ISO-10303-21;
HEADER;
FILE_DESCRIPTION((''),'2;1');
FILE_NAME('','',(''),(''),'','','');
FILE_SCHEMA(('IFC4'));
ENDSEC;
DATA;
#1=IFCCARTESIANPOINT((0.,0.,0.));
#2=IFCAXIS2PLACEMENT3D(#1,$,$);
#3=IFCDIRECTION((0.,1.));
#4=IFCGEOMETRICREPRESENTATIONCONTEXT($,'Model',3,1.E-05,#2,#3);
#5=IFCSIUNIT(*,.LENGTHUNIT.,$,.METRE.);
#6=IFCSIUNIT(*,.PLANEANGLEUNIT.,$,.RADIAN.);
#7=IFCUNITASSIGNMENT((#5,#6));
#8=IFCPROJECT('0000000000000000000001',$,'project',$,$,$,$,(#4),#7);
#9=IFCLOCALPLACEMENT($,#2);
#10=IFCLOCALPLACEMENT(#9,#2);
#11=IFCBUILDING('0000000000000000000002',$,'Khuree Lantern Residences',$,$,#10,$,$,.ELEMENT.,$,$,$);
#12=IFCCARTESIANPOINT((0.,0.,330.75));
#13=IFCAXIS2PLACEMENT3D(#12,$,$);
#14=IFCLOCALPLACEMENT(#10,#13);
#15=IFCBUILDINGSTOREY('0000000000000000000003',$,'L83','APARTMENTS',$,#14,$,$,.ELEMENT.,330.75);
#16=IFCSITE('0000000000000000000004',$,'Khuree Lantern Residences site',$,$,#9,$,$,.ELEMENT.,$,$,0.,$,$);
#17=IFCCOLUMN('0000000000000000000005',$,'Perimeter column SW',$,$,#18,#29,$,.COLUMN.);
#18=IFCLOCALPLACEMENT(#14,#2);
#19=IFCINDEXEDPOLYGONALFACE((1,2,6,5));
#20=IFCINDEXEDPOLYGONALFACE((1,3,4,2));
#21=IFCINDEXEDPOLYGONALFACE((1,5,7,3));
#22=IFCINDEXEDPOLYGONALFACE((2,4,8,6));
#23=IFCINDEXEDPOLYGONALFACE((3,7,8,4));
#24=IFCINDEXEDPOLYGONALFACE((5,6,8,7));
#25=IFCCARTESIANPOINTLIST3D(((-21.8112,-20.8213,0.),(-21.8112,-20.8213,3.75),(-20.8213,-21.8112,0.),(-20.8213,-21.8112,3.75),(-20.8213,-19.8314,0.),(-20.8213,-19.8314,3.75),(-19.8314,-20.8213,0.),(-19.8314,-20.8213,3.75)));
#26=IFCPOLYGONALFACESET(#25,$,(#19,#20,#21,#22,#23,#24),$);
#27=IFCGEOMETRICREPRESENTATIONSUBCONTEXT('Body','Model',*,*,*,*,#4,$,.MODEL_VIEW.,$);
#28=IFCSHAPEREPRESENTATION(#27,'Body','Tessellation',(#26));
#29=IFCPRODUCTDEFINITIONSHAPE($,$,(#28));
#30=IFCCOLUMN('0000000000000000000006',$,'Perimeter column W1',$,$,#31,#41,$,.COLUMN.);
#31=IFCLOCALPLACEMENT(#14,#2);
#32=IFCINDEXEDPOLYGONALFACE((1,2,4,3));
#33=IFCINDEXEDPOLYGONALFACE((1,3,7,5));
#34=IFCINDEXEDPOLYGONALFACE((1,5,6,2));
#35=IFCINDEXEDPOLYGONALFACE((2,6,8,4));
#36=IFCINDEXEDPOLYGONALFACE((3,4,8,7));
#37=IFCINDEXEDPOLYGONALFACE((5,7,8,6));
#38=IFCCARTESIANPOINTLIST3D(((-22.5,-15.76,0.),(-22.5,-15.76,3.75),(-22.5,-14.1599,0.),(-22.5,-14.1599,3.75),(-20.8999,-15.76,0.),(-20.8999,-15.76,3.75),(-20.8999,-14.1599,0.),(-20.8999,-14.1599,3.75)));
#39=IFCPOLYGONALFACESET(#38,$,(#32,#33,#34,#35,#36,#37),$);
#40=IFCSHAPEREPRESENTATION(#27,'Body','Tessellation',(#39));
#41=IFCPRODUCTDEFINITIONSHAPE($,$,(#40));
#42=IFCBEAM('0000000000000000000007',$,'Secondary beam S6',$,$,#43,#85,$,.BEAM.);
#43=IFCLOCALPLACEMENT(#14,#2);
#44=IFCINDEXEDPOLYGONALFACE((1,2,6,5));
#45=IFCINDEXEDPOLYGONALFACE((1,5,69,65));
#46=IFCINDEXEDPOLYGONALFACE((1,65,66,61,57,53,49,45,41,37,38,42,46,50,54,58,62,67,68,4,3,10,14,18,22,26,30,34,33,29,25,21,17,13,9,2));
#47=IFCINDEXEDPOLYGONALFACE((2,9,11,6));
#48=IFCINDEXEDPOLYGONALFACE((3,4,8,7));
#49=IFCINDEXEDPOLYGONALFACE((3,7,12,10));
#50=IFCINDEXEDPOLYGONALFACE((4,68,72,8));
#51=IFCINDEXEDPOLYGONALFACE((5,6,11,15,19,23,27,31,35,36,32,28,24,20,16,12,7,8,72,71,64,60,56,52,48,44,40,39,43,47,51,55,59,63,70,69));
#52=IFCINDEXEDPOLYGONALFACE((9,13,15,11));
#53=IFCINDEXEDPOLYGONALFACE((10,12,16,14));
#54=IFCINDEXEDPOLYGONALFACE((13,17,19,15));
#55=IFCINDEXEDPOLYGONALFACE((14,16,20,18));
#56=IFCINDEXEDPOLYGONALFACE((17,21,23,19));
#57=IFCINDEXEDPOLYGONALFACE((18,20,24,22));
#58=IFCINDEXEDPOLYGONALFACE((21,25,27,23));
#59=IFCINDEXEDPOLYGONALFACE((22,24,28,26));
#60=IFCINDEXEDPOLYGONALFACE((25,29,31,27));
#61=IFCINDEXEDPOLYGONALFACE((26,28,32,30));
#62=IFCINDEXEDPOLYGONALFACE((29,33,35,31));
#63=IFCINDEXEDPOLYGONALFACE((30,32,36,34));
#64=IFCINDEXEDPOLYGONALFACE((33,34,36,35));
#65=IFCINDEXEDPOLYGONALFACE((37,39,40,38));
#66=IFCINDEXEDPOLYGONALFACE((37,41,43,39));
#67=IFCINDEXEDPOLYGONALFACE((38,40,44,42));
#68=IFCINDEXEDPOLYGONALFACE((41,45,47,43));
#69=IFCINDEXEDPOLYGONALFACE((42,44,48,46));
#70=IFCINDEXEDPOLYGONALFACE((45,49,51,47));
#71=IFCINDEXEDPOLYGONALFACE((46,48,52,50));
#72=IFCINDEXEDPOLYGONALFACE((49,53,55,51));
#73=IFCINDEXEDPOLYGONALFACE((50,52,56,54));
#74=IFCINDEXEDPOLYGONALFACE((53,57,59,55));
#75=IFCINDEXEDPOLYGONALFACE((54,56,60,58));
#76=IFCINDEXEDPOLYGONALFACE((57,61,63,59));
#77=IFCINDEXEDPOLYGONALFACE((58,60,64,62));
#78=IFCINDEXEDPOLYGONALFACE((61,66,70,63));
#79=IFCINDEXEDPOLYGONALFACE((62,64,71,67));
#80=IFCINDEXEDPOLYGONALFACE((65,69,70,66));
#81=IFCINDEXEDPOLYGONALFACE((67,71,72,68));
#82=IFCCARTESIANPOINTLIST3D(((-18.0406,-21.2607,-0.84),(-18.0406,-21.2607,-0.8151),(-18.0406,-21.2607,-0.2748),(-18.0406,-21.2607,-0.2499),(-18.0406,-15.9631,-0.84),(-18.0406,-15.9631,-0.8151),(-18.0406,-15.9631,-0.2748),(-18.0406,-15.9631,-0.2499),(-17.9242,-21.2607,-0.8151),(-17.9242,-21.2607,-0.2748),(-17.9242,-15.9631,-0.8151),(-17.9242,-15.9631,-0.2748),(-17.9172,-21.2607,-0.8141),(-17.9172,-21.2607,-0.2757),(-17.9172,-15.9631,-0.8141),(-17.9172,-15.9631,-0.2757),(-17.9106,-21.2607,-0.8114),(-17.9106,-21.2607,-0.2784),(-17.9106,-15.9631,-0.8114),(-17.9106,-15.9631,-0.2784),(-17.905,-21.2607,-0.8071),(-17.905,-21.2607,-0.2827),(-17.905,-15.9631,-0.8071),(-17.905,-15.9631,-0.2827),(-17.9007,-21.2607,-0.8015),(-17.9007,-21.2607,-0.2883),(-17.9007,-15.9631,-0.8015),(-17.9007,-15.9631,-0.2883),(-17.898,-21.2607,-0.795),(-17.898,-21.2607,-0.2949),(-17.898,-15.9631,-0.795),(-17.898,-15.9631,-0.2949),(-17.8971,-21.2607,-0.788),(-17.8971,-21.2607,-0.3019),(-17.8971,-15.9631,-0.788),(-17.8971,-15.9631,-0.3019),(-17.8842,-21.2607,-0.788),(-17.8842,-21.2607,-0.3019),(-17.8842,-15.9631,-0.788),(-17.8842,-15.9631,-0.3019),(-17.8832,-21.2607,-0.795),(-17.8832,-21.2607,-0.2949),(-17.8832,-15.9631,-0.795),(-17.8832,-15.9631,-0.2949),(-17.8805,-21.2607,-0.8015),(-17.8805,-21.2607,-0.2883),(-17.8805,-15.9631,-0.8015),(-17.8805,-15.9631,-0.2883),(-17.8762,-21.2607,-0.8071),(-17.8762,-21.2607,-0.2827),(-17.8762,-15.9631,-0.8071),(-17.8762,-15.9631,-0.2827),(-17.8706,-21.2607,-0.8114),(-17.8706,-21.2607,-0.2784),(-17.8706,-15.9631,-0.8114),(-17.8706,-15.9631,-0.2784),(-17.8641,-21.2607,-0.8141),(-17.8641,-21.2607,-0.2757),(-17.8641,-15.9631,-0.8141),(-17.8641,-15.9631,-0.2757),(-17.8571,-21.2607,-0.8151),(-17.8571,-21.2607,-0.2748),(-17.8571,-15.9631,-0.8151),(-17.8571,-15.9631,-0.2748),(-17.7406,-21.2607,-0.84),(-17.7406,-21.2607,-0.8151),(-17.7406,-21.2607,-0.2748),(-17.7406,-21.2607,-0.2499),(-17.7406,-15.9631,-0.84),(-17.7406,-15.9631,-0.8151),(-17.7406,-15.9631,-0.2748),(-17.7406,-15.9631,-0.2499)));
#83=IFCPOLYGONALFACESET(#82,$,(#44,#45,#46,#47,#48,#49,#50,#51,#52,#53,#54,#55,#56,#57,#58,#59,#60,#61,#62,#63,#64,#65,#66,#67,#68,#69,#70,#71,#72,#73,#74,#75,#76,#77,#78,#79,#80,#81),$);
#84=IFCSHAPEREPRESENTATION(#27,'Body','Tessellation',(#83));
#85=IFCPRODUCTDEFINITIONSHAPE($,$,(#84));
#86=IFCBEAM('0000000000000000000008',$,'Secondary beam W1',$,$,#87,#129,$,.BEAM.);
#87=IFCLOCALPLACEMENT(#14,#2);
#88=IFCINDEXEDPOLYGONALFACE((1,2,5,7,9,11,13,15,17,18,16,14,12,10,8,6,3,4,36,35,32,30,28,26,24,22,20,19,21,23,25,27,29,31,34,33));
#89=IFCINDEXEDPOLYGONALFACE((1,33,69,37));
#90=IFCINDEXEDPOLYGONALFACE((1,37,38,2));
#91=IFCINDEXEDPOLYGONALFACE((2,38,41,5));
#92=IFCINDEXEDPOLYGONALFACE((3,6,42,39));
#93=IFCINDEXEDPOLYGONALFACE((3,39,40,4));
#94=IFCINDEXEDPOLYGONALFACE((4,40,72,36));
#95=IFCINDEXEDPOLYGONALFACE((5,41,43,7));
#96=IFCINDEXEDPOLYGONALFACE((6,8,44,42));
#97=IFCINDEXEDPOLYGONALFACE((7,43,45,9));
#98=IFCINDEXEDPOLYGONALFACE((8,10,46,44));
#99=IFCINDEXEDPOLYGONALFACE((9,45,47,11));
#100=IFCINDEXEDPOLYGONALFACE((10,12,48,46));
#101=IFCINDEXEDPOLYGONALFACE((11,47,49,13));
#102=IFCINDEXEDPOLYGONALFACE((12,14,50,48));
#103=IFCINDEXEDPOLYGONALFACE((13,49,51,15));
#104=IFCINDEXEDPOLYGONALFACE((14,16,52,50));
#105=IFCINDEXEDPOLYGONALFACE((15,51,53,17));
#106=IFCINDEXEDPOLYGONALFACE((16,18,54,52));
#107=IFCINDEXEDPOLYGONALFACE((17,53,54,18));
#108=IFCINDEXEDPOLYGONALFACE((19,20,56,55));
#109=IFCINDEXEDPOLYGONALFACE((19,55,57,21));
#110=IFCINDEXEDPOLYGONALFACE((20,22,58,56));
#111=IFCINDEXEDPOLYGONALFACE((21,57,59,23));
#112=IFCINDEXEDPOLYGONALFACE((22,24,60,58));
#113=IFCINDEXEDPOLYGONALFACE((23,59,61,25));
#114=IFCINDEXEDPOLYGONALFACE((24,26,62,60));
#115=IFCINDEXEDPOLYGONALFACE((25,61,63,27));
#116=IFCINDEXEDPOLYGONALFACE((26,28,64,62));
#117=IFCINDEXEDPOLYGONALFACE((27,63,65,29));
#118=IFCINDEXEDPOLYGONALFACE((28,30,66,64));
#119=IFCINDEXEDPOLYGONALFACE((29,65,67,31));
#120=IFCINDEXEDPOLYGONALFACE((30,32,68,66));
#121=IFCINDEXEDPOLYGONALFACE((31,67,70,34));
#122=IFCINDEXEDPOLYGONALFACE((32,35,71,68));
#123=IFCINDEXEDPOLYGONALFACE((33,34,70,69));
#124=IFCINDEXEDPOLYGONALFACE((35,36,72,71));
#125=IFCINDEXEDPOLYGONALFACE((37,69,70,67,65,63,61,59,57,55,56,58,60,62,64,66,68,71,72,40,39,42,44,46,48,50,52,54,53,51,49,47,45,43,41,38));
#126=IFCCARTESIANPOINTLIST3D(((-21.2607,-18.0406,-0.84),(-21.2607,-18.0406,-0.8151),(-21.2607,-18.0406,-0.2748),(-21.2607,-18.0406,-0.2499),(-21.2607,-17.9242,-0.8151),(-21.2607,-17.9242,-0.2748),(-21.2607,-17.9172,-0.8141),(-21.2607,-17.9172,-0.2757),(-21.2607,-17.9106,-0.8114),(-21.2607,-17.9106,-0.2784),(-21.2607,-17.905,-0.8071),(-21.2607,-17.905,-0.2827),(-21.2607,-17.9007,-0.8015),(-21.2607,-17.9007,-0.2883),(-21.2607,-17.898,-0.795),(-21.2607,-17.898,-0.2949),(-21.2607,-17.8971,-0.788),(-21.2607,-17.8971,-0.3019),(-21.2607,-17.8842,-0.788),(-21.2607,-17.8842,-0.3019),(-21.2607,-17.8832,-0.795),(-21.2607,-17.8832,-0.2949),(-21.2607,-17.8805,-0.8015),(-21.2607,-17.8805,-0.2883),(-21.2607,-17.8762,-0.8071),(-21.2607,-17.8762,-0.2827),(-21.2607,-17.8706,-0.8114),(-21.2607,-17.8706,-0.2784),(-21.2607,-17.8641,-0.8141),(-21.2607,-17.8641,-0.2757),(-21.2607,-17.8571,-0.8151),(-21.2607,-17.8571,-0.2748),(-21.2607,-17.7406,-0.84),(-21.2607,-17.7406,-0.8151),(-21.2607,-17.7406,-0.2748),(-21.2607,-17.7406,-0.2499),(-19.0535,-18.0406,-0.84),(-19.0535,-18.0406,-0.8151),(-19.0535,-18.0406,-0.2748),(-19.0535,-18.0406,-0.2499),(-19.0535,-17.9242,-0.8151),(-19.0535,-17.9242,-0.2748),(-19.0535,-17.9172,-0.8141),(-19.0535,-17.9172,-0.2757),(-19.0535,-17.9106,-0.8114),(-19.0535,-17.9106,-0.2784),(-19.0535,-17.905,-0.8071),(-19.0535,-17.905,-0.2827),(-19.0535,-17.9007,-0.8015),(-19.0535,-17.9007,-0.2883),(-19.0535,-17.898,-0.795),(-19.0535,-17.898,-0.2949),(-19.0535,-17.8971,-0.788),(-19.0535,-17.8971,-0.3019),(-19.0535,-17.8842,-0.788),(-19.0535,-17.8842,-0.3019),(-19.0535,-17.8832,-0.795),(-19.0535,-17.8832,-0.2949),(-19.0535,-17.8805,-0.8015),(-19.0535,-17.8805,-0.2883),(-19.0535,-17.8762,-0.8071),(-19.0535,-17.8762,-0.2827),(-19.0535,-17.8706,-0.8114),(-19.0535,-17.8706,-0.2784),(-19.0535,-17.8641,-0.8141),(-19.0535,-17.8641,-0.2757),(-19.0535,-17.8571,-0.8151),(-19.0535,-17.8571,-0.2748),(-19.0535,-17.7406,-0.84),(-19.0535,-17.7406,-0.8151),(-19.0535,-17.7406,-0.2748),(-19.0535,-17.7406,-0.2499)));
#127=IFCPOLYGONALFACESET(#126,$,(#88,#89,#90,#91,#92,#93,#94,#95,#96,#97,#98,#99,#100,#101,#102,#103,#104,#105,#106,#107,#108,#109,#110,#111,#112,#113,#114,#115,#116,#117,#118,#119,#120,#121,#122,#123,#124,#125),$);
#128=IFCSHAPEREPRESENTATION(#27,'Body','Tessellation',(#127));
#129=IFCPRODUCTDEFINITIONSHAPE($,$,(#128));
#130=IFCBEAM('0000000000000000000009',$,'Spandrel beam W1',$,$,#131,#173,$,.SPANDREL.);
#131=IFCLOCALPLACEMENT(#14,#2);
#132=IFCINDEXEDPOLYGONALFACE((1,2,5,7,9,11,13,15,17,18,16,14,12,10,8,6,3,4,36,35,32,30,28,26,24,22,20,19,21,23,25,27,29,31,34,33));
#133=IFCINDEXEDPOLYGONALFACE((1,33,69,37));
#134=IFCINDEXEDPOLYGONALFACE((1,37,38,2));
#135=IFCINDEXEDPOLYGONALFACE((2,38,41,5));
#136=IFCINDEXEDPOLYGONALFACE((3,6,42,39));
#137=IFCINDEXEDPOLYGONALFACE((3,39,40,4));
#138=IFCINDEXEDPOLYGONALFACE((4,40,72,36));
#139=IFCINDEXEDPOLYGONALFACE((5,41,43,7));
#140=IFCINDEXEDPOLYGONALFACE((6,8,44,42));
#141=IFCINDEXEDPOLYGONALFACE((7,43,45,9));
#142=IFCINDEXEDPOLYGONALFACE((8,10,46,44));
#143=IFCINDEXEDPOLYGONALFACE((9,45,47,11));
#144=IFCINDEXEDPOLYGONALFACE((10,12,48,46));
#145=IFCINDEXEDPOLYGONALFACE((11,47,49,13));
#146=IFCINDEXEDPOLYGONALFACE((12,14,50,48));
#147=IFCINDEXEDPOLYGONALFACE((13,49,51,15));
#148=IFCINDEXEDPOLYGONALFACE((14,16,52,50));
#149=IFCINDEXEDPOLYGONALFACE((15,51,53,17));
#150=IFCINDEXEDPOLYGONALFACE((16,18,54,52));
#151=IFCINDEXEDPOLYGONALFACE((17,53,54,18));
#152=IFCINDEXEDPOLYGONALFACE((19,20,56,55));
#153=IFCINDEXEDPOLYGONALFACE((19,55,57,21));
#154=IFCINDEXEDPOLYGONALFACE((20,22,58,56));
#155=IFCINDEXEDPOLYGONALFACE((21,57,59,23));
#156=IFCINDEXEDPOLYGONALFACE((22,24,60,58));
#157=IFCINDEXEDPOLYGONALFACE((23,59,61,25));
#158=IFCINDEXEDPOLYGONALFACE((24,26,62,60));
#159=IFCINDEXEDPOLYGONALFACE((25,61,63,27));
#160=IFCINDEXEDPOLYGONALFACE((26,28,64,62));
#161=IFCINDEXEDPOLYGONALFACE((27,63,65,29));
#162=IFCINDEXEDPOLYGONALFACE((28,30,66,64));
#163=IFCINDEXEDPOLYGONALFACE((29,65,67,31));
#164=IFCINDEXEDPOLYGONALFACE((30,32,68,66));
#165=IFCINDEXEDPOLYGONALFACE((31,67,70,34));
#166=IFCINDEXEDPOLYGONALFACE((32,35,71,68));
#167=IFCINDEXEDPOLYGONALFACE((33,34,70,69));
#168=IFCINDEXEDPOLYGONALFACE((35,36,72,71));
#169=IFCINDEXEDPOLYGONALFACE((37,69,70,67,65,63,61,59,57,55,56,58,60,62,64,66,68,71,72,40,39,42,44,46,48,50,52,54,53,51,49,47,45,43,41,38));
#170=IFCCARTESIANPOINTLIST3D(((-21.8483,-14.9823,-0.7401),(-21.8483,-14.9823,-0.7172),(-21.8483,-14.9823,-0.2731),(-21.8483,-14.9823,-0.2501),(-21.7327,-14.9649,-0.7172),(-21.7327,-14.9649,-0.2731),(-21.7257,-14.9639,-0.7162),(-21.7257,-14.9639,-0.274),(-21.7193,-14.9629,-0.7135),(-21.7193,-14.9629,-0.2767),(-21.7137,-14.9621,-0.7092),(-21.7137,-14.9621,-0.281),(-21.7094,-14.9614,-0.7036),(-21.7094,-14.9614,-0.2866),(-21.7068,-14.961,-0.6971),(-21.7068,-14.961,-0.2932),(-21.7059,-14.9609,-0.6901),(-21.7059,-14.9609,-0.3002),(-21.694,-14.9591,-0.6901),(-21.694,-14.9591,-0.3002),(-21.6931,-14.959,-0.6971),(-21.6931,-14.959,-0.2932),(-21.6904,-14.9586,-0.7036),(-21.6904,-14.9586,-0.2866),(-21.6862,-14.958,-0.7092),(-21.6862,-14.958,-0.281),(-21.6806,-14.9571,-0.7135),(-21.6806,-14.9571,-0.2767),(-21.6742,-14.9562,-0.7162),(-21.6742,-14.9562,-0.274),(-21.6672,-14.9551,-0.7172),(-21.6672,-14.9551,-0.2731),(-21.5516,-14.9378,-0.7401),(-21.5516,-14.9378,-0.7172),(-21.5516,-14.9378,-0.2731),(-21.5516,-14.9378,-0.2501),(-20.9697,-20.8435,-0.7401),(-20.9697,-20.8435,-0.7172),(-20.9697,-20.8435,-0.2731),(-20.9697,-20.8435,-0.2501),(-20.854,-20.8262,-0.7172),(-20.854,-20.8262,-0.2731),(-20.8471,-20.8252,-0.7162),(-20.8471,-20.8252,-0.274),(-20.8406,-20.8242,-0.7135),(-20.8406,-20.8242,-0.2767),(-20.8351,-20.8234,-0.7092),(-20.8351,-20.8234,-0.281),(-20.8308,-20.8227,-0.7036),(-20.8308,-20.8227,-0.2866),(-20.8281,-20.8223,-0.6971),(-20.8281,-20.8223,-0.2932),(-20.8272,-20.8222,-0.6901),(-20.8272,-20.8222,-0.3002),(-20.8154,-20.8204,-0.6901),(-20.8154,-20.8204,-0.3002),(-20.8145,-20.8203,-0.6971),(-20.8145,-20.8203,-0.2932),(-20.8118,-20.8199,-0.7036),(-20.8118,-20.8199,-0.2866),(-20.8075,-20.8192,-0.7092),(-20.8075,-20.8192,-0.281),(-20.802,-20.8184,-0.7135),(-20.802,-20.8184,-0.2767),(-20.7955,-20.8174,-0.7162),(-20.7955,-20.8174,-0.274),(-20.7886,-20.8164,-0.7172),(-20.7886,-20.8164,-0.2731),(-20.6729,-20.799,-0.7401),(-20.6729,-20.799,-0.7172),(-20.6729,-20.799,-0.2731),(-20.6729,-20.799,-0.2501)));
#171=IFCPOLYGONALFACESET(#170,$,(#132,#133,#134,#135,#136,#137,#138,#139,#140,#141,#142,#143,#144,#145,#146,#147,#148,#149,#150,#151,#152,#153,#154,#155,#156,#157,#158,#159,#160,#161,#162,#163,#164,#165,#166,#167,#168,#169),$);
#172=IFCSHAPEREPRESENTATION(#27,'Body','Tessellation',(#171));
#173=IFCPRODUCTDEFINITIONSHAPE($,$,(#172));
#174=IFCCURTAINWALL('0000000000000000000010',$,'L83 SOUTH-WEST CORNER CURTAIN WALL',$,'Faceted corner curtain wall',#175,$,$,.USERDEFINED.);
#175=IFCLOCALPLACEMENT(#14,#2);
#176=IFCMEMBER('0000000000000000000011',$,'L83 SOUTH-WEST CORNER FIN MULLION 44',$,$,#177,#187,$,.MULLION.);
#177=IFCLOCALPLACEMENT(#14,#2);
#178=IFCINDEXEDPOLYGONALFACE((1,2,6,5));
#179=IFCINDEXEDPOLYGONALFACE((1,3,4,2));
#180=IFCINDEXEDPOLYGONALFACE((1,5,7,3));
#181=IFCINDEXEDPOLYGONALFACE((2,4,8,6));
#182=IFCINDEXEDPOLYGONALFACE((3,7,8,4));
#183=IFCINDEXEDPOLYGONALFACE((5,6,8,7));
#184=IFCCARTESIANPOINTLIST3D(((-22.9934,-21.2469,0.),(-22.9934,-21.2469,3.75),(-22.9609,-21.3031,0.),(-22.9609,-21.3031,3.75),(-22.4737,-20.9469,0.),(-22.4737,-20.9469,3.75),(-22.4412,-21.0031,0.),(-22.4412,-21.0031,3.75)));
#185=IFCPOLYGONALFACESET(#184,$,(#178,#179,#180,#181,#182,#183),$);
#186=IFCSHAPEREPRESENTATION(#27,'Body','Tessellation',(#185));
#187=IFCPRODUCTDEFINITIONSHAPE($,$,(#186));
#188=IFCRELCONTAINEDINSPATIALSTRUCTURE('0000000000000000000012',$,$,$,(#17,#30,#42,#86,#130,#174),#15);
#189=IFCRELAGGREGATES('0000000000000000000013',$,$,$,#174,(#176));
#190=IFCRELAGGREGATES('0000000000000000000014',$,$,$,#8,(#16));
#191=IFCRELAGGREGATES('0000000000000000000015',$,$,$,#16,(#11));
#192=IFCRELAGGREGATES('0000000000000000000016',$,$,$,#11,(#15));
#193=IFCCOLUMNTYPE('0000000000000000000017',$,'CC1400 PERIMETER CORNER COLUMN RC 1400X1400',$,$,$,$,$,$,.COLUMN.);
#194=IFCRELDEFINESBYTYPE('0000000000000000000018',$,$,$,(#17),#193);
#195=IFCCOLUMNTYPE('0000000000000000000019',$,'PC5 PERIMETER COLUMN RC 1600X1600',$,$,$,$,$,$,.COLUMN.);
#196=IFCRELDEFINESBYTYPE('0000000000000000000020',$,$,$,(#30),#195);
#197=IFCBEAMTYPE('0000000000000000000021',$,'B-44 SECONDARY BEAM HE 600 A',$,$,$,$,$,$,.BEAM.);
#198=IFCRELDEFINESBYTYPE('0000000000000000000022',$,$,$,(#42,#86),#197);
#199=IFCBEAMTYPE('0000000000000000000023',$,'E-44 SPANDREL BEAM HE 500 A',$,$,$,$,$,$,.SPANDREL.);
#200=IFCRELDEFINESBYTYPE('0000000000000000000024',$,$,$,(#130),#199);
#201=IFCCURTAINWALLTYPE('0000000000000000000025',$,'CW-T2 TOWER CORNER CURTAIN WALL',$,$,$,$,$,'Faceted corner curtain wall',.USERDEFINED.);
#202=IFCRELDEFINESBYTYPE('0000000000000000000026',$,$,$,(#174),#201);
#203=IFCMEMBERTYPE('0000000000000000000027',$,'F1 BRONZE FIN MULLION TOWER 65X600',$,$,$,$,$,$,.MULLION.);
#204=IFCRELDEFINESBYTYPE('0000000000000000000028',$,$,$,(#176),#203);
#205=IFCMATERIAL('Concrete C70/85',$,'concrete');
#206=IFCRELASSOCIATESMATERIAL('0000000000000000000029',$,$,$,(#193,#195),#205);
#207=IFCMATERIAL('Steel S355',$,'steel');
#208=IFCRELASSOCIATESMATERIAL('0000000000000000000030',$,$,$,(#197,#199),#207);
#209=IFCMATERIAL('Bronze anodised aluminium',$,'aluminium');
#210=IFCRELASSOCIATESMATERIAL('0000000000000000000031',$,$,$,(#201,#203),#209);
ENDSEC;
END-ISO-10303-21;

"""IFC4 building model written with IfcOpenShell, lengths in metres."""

from ifc_helpers import new_model, si_unit, direction, frame, origin, origin_2d, place, context, subcontext, project, spatial, rectangle, i_section, extrude, material, material_profile, profile_set, type_object, element, aggregate, save


model = new_model("IFC4")

# Units and contexts
model_context = context("Model", 3, precision=1e-05, world=origin(), true_north=direction((0.0, 1.0)))
body_context = subcontext(model_context, "Body", "Model", "MODEL_VIEW")
ifc_project = project(units=[si_unit("LENGTHUNIT", "METRE"), si_unit("PLANEANGLEUNIT", "RADIAN")], contexts=[model_context])

# Site, building, storey
site_placement = place(None, origin())
site = spatial("IfcSite", under=ifc_project, at=site_placement, Name="Khuree Lantern Residences site", CompositionType="ELEMENT", RefElevation=0.0)
building_placement = place(site_placement, origin())
building = spatial("IfcBuilding", under=site, at=building_placement, Name="Khuree Lantern Residences", CompositionType="ELEMENT")
storey_placement = place(building_placement, frame((0.0, 0.0, 330.75)))
storey = spatial("IfcBuildingStorey", under=building, at=storey_placement, Name="L83", Description="APARTMENTS", CompositionType="ELEMENT", Elevation=330.75)

# Columns
ifc_material_1 = material(Name="Concrete C70/85", Category="concrete")
ifc_material_profile_1 = material_profile(ifc_material_1, rectangle(XDim=1.3999, YDim=1.3999, at=origin_2d()), Name="RC 1400X1400")
ifc_profile_set_1 = profile_set([ifc_material_profile_1], Name="Concrete C70/85")
column_type_1 = type_object("IfcColumnType", Name="CC1400 PERIMETER CORNER COLUMN RC 1400X1400", PredefinedType="COLUMN", material=ifc_profile_set_1)
column_1_placement = place(storey_placement, frame((-20.8213, -20.8213, 0.0), z_axis=(0.0, 0.0, 1.0), x_axis=(0.707107, -0.707107, 0.0)))
element("IfcColumn", 1, at=column_1_placement, inside=storey, type_object=column_type_1, Name="Perimeter column SW", PredefinedType="COLUMN", context=body_context, shape_type="SweptSolid", body=[
    extrude(rectangle(XDim=1.3999, YDim=1.3999, at=origin_2d()), origin(), (0.0, 0.0, 1.0), 3.75),
])
ifc_material_profile_2 = material_profile(ifc_material_1, rectangle(XDim=1.6001, YDim=1.6001, at=origin_2d()), Name="RC 1600X1600")
ifc_profile_set_2 = profile_set([ifc_material_profile_2], Name="Concrete C70/85")
column_type_2 = type_object("IfcColumnType", Name="PC5 PERIMETER COLUMN RC 1600X1600", PredefinedType="COLUMN", material=ifc_profile_set_2)
column_2_placement = place(storey_placement, frame((-21.7, -14.96, 0.0), z_axis=(0.0, 0.0, 1.0), x_axis=(0.0, 1.0, 0.0)))
element("IfcColumn", 2, at=column_2_placement, inside=storey, type_object=column_type_2, Name="Perimeter column W1", PredefinedType="COLUMN", context=body_context, shape_type="SweptSolid", body=[
    extrude(rectangle(XDim=1.6001, YDim=1.6001, at=origin_2d()), origin(), (0.0, 0.0, 1.0), 3.75),
])

# Beams
ifc_material_2 = material(Name="Steel S355", Category="steel")
ifc_material_profile_3 = material_profile(ifc_material_2, i_section(OverallWidth=0.3, OverallDepth=0.5901, WebThickness=0.0129, FlangeThickness=0.0249, FilletRadius=0.0271, at=origin_2d()), Name="HE 600 A")
ifc_profile_set_3 = profile_set([ifc_material_profile_3], Name="Steel S355")
beam_type_1 = type_object("IfcBeamType", Name="B-44 SECONDARY BEAM HE 600 A", PredefinedType="BEAM", material=ifc_profile_set_3)
beam_1_placement = place(storey_placement, frame((-17.8906, -21.2607, -0.5449), z_axis=(0.0, 1.0, 0.0), x_axis=(-1.0, 0.0, 0.0)))
element("IfcBeam", 3, at=beam_1_placement, inside=storey, type_object=beam_type_1, Name="Secondary beam S6", PredefinedType="BEAM", context=body_context, shape_type="SweptSolid", body=[
    extrude(i_section(OverallWidth=0.3, OverallDepth=0.5901, WebThickness=0.0129, FlangeThickness=0.0249, FilletRadius=0.0271, at=origin_2d()), origin(), (0.0, 0.0, 1.0), 5.2976),
])
beam_2_placement = place(storey_placement, frame((-21.2607, -17.8906, -0.5449), z_axis=(1.0, 0.0, 0.0), x_axis=(0.0, 1.0, 0.0)))
element("IfcBeam", 4, at=beam_2_placement, inside=storey, type_object=beam_type_1, Name="Secondary beam W1", PredefinedType="BEAM", context=body_context, shape_type="SweptSolid", body=[
    extrude(i_section(OverallWidth=0.3, OverallDepth=0.5901, WebThickness=0.0129, FlangeThickness=0.0249, FilletRadius=0.0271, at=origin_2d()), origin(), (0.0, 0.0, 1.0), 2.2073),
])
ifc_material_profile_4 = material_profile(ifc_material_2, i_section(OverallWidth=0.3, OverallDepth=0.49, WebThickness=0.012, FlangeThickness=0.0229, FilletRadius=0.0271, at=origin_2d()), Name="HE 500 A")
ifc_profile_set_4 = profile_set([ifc_material_profile_4], Name="Steel S355")
beam_type_2 = type_object("IfcBeamType", Name="E-44 SPANDREL BEAM HE 500 A", PredefinedType="SPANDREL", material=ifc_profile_set_4)
beam_3_placement = place(storey_placement, frame((-20.8213, -20.8213, -0.4951), z_axis=(-0.148252, 0.98895, 0.0), x_axis=(-0.98895, -0.148252, 0.0)))
element("IfcBeam", 5, at=beam_3_placement, inside=storey, type_object=beam_type_2, Name="Spandrel beam W1", PredefinedType="SPANDREL", context=body_context, shape_type="SweptSolid", body=[
    extrude(i_section(OverallWidth=0.3, OverallDepth=0.49, WebThickness=0.012, FlangeThickness=0.0229, FilletRadius=0.0271, at=origin_2d()), origin(), (0.0, 0.0, 1.0), 5.9268),
])

# Curtain wall, member
ifc_material_3 = material(Name="Bronze anodised aluminium", Category="aluminium")
curtain_wall_type_1 = type_object("IfcCurtainWallType", Name="CW-T2 TOWER CORNER CURTAIN WALL", ElementType="Faceted corner curtain wall", PredefinedType="USERDEFINED", material=ifc_material_3)
curtain_wall_1_placement = place(storey_placement, origin())
curtain_wall_1 = element("IfcCurtainWall", 6, at=curtain_wall_1_placement, inside=storey, type_object=curtain_wall_type_1, Name="L83 SOUTH-WEST CORNER CURTAIN WALL", ObjectType="Faceted corner curtain wall", PredefinedType="USERDEFINED")
ifc_material_profile_5 = material_profile(ifc_material_3, rectangle(XDim=0.0649, YDim=0.6001, at=origin_2d()), Name="F1 65X600")
ifc_profile_set_5 = profile_set([ifc_material_profile_5], Name="Bronze anodised aluminium")
member_type_1 = type_object("IfcMemberType", Name="F1 BRONZE FIN MULLION TOWER 65X600", PredefinedType="MULLION", material=ifc_profile_set_5)
member_1_placement = place(storey_placement, frame((-22.7173, -21.125, 0.0), z_axis=(0.0, 0.0, 1.0), x_axis=(0.5, -0.866025, 0.0)))
member_1 = element("IfcMember", 7, at=member_1_placement, type_object=member_type_1, Name="L83 SOUTH-WEST CORNER FIN MULLION 44", PredefinedType="MULLION", context=body_context, shape_type="SweptSolid", body=[
    extrude(rectangle(XDim=0.0649, YDim=0.6001, at=origin_2d()), origin(), (0.0, 0.0, 1.0), 3.75),
])

aggregate(curtain_wall_1, [member_1])

save(model, "model.ifc")
